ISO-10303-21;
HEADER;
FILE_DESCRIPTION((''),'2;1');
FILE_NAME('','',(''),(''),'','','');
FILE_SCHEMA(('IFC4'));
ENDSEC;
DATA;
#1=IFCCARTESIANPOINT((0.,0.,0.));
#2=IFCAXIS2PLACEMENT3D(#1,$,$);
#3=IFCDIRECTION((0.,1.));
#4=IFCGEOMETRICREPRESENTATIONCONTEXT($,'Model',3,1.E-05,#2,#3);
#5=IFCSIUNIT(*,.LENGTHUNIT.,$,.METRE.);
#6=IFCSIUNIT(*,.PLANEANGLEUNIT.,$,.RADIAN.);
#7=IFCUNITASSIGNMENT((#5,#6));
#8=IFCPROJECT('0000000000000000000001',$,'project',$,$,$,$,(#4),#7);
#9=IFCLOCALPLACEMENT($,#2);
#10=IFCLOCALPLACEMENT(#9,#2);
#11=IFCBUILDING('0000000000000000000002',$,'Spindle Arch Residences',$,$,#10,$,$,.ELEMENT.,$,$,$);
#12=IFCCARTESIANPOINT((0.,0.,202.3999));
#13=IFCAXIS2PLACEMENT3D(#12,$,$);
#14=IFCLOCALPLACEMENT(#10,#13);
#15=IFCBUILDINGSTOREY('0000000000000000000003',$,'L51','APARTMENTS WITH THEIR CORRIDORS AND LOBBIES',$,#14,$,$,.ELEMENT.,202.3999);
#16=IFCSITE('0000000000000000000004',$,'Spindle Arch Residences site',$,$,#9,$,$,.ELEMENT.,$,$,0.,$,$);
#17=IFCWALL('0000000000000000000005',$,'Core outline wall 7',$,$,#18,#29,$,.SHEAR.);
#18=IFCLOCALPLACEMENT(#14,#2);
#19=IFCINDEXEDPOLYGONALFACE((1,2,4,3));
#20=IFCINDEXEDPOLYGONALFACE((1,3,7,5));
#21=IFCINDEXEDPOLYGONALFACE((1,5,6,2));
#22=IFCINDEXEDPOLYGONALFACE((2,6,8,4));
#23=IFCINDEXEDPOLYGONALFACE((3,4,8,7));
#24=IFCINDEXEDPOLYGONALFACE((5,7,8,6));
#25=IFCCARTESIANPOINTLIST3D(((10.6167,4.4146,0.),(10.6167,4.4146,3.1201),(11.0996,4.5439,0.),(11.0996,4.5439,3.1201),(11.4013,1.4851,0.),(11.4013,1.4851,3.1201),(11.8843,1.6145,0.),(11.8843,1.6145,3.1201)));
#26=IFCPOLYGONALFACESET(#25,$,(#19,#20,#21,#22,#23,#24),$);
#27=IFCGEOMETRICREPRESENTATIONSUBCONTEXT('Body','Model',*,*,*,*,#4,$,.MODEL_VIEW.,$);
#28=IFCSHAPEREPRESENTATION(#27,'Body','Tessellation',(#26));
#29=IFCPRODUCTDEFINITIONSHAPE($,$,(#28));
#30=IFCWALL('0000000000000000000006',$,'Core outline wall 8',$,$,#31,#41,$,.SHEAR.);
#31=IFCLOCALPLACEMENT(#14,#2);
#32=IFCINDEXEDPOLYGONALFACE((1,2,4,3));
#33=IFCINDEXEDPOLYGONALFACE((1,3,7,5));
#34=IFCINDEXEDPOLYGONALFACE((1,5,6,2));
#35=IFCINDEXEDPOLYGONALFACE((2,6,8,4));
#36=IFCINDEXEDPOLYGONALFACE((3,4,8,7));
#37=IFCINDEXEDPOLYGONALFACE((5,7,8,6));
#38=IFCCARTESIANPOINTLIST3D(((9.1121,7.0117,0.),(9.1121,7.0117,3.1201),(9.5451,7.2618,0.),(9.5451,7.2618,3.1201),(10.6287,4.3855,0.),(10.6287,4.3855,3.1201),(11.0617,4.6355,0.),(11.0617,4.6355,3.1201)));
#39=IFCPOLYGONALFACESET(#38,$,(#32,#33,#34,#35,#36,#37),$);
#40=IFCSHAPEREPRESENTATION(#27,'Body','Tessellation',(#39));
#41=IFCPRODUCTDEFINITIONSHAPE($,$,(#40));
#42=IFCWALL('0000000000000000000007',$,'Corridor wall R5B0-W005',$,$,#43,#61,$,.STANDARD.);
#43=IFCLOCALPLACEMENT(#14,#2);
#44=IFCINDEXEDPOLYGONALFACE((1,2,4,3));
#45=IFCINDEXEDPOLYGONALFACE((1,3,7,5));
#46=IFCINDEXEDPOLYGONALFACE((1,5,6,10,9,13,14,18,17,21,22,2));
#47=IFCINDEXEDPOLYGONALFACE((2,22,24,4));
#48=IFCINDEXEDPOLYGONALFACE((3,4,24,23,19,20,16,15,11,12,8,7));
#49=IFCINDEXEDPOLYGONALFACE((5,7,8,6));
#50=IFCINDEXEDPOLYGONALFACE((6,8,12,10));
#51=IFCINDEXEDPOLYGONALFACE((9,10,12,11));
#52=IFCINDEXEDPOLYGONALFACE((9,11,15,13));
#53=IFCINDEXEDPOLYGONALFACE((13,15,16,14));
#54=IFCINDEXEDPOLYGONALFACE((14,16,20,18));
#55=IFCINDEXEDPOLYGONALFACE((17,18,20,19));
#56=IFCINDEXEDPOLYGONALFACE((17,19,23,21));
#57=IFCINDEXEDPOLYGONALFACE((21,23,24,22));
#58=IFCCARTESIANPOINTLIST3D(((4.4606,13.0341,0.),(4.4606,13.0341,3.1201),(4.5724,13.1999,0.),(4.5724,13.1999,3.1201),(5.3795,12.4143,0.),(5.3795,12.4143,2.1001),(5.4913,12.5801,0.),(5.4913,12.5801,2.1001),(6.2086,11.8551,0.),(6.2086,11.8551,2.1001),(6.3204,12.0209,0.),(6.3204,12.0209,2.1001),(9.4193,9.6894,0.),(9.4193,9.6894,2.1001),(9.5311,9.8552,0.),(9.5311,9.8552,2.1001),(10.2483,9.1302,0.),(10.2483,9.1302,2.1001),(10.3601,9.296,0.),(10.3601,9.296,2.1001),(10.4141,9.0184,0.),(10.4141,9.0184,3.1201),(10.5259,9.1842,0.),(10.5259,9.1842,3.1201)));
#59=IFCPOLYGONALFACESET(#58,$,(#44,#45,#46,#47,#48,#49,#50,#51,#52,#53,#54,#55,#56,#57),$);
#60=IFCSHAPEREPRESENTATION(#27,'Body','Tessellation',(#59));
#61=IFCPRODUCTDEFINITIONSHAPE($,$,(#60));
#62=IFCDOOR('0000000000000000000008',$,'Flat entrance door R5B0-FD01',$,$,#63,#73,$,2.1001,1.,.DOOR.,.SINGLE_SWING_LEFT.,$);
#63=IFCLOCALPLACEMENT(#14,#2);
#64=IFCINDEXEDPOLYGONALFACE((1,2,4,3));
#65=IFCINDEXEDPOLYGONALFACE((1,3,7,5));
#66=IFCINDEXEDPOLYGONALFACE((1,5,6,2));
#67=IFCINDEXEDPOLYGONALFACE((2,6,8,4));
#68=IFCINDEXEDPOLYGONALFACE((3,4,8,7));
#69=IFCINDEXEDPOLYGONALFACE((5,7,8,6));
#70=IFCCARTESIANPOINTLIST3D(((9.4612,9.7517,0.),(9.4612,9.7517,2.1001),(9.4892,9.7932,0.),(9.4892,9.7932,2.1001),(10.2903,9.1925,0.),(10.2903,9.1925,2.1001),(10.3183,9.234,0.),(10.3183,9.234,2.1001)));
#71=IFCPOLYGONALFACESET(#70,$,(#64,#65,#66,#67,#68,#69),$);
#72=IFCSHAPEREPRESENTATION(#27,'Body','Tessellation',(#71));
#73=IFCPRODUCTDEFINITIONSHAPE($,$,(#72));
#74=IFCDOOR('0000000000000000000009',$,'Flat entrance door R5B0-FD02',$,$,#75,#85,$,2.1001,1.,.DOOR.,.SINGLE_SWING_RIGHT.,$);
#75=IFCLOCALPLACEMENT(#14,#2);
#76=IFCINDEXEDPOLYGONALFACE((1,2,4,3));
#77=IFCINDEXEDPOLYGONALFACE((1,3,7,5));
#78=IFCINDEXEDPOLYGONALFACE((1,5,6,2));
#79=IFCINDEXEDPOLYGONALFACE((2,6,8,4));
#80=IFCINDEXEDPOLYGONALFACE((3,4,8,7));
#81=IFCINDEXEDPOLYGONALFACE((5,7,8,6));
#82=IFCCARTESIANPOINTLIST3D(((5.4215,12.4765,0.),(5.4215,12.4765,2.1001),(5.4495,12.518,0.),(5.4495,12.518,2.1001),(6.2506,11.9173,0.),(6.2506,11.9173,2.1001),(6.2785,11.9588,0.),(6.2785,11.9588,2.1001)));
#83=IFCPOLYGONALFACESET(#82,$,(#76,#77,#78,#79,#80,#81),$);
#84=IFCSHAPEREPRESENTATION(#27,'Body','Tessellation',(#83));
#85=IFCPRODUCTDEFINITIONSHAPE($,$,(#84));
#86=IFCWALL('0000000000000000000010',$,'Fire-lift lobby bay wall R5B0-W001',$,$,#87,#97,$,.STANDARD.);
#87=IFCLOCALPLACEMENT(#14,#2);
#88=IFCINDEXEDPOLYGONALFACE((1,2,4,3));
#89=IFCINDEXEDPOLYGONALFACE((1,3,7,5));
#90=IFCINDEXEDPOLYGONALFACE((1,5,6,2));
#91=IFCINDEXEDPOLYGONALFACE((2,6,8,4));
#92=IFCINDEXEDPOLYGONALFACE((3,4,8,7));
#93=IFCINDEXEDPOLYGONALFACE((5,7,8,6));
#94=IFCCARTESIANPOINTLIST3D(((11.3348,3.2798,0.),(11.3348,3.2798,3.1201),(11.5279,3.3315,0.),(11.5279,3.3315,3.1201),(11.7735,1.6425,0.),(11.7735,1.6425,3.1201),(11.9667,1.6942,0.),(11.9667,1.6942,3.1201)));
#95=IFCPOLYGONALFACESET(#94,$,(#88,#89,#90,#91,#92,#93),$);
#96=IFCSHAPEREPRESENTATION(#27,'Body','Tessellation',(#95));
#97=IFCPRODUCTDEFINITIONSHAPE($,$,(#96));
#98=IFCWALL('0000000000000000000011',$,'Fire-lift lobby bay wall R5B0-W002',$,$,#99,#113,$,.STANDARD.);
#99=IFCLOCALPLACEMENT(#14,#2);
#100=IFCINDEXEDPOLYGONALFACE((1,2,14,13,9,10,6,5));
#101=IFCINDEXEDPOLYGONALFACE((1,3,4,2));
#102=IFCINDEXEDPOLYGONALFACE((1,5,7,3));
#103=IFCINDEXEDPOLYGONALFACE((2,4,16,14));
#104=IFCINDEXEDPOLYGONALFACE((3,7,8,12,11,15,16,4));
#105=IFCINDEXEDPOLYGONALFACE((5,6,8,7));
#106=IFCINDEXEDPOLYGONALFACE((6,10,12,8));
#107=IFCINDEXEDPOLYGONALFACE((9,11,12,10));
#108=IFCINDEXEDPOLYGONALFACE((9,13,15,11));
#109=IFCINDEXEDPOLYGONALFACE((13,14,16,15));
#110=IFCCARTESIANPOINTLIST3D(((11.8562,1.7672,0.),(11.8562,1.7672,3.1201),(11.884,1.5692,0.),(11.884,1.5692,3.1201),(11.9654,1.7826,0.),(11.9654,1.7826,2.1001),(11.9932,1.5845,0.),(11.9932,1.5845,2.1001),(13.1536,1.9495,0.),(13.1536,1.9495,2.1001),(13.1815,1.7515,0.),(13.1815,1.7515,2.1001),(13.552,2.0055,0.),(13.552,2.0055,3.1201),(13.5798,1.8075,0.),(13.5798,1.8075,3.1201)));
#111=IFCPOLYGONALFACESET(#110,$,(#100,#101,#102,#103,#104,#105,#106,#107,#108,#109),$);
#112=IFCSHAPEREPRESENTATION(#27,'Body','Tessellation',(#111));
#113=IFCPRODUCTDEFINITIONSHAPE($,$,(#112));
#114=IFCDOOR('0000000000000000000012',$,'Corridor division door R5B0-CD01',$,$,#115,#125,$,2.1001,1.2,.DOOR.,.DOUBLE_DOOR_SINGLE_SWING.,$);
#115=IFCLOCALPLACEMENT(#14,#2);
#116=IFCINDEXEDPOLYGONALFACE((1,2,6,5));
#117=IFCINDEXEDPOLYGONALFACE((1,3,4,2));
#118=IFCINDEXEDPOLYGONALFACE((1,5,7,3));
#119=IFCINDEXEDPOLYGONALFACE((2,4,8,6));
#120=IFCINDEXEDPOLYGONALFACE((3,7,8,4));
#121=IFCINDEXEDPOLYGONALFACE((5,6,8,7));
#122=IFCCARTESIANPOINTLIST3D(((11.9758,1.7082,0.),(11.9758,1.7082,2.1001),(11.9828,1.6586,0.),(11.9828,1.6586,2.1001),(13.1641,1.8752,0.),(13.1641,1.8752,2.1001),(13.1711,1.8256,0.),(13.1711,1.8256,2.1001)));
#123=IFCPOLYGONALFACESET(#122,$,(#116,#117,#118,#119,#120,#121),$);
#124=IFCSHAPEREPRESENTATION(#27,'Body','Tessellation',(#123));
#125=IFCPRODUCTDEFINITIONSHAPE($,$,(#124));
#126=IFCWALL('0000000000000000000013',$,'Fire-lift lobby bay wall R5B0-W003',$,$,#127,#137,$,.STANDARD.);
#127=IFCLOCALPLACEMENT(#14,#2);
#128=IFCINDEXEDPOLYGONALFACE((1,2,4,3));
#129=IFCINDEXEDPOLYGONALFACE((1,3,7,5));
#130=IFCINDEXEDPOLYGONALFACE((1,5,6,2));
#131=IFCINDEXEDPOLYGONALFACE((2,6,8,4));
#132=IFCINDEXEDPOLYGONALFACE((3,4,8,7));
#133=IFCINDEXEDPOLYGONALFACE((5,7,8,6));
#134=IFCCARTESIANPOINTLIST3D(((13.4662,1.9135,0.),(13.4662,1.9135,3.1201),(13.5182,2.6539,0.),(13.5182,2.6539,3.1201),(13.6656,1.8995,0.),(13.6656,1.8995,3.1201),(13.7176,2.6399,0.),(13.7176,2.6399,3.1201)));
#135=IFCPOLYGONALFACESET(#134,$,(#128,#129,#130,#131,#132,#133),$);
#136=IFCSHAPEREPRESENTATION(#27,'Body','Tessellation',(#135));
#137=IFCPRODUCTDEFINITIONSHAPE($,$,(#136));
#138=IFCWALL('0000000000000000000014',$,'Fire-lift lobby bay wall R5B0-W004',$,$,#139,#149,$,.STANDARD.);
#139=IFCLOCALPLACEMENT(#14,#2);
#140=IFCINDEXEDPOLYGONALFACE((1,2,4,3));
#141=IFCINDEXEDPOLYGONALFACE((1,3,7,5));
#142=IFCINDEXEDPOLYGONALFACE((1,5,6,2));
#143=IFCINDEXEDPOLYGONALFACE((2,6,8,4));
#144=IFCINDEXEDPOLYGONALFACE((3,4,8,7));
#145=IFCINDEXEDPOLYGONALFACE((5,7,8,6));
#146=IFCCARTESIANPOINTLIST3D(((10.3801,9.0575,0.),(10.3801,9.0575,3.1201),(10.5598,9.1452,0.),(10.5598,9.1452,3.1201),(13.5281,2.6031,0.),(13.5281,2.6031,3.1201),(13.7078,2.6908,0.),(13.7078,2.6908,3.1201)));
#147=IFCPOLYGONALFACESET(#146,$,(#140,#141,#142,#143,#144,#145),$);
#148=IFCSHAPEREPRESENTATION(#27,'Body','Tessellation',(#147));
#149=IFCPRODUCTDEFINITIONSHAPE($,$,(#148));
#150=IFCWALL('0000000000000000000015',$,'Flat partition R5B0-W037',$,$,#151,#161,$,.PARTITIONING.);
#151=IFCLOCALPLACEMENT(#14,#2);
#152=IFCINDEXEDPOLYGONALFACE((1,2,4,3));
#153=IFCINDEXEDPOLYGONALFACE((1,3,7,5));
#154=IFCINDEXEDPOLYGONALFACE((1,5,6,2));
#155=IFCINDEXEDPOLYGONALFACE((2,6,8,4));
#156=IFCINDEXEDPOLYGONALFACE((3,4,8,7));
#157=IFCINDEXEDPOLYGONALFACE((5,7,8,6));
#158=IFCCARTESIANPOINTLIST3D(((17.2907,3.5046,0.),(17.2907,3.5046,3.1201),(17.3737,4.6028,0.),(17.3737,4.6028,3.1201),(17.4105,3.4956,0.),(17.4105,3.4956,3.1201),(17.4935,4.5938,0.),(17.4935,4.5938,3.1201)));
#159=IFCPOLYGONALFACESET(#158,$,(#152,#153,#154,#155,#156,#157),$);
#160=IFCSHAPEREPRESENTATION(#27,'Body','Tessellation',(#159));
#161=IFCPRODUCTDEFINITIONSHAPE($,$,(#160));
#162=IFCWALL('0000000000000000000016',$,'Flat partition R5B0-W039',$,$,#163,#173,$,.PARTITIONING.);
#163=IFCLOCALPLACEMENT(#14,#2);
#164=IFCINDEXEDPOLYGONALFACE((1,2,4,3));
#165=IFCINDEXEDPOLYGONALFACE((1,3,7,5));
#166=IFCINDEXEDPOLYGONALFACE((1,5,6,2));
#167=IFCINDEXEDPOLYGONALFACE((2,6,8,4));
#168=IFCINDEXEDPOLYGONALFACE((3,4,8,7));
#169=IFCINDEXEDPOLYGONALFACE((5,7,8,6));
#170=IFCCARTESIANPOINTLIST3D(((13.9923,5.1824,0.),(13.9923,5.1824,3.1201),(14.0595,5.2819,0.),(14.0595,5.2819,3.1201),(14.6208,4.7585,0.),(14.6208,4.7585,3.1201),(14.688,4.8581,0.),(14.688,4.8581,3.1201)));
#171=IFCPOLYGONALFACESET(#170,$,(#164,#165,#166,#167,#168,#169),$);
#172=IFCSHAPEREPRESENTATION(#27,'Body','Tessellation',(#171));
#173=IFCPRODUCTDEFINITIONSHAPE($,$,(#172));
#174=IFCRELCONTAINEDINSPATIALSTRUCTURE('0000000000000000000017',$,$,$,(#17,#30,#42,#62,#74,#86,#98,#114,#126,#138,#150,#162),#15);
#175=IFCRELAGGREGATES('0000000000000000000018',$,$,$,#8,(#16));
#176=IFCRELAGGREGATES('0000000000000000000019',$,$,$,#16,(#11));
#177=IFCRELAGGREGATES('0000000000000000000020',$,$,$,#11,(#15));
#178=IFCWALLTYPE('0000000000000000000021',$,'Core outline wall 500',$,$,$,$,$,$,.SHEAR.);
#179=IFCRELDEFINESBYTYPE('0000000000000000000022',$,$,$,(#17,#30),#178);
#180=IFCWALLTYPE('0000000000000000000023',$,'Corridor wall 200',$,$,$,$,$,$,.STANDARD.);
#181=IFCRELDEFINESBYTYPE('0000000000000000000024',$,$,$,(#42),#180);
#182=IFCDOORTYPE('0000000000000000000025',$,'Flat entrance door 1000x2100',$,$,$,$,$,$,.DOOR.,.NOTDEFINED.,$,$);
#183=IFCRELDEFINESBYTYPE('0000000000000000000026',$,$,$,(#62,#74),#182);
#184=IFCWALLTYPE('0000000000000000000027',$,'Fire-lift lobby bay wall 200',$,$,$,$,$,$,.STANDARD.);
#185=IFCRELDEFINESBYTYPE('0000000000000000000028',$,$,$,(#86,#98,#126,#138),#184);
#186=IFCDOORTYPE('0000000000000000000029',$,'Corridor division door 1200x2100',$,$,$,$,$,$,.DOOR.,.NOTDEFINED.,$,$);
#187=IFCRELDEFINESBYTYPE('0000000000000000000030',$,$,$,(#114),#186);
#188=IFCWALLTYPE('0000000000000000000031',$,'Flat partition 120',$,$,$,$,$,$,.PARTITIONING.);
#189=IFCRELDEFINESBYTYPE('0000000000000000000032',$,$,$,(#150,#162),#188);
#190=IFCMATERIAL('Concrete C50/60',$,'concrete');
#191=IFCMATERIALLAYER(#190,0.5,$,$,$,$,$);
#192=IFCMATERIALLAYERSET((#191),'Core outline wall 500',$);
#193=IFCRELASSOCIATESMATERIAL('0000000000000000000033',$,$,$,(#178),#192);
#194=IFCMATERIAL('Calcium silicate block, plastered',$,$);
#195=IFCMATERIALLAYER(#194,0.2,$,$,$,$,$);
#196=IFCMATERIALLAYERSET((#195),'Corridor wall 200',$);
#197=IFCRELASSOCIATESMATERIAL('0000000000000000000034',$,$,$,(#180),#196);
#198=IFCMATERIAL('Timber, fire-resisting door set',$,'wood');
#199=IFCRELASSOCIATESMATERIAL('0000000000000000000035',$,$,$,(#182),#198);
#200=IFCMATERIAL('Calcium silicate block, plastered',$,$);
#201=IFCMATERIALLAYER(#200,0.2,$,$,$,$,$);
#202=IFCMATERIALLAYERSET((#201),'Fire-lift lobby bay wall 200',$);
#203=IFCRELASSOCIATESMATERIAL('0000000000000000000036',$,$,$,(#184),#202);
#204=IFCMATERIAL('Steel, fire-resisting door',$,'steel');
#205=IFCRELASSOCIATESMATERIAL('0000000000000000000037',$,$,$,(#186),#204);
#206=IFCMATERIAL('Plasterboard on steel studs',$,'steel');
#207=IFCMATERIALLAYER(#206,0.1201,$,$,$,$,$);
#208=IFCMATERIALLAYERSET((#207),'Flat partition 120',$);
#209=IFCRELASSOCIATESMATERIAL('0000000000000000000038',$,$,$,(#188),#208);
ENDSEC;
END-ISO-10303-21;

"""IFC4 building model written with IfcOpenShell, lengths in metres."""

from ifc_helpers import new_model, si_unit, direction, frame, frame_2d, origin, place, context, subcontext, project, spatial, rectangle, extrude, material, layer, layer_set, type_object, element, fill, save


model = new_model("IFC4")

# Units and contexts
model_context = context("Model", 3, precision=1e-05, world=origin(), true_north=direction((0.0, 1.0)))
body_context = subcontext(model_context, "Body", "Model", "MODEL_VIEW")
ifc_project = project(units=[si_unit("LENGTHUNIT", "METRE"), si_unit("PLANEANGLEUNIT", "RADIAN")], contexts=[model_context])

# Site, building, storey
site_placement = place(None, origin())
site = spatial("IfcSite", under=ifc_project, at=site_placement, Name="Spindle Arch Residences site", CompositionType="ELEMENT", RefElevation=0.0)
building_placement = place(site_placement, origin())
building = spatial("IfcBuilding", under=site, at=building_placement, Name="Spindle Arch Residences", CompositionType="ELEMENT")
storey_placement = place(building_placement, frame((0.0, 0.0, 202.3999)))
storey = spatial("IfcBuildingStorey", under=building, at=storey_placement, Name="L51", Description="APARTMENTS WITH THEIR CORRIDORS AND LOBBIES", CompositionType="ELEMENT", Elevation=202.3999)

# Walls
ifc_material_1 = material(Name="Concrete C50/60", Category="concrete")
ifc_layer_1 = layer(ifc_material_1, 0.5)
ifc_layer_set_1 = layer_set([ifc_layer_1], Name="Core outline wall 500")
wall_type_1 = type_object("IfcWallType", Name="Core outline wall 500", PredefinedType="SHEAR", material=ifc_layer_set_1)
for number, where, z_axis, x_axis, name in (
    (1, (11.6428, 1.5498, 0.0), (0.0, 0.0, 1.0), (-0.258735, 0.965948, 0.0), "Core outline wall 7"),
    (2, (10.8452, 4.5105, 0.0), (0.0, 0.0, 1.0), (-0.500087, 0.865975, 0.0), "Core outline wall 8"),
):
    element("IfcWall", number, at=place(storey_placement, frame(where, z_axis=z_axis, x_axis=x_axis)), inside=storey, type_object=wall_type_1, Name=name, PredefinedType="SHEAR", context=body_context, shape_type="SweptSolid", body=[
        extrude(rectangle(XDim=3.0327, YDim=0.5, at=frame_2d((1.5164, 0.0))), origin(), (0.0, 0.0, 1.0), 3.1201),
    ])

# Wall, openings, doors
ifc_material_2 = material(Name="Calcium silicate block, plastered")
ifc_layer_2 = layer(ifc_material_2, 0.2)
ifc_layer_set_2 = layer_set([ifc_layer_2], Name="Corridor wall 200")
wall_type_2 = type_object("IfcWallType", Name="Corridor wall 200", PredefinedType="STANDARD", material=ifc_layer_set_2)
wall_1_placement = place(storey_placement, frame((10.47, 9.1013, 0.0), z_axis=(0.0, 0.0, 1.0), x_axis=(-0.829036, 0.559195, 0.0)))
wall_1 = element("IfcWall", 3, at=wall_1_placement, inside=storey, type_object=wall_type_2, Name="Corridor wall R5B0-W005", PredefinedType="STANDARD", context=body_context, shape_type="SweptSolid", body=[
    extrude(rectangle(XDim=7.1812, YDim=0.2, at=frame_2d((3.5906, 0.0))), origin(), (0.0, 0.0, 1.0), 3.1201),
])
opening_1_placement = place(wall_1_placement, frame((0.2, 0.0, 0.0)))
opening_1 = element("IfcOpeningElement", 4, at=opening_1_placement, cuts=wall_1, PredefinedType="OPENING", context=body_context, shape_type="SweptSolid", body=[
    extrude(rectangle(XDim=1.0, YDim=2.1001, at=frame_2d((0.5, 1.05))), frame((0.0, 0.1099, 0.0), z_axis=(0.0, -1.0, 0.0), x_axis=(1.0, 0.0, 0.0)), (0.0, 0.0, 1.0), 0.22),
])
opening_2_placement = place(wall_1_placement, frame((5.0728, 0.0, 0.0)))
opening_2 = element("IfcOpeningElement", 5, at=opening_2_placement, cuts=wall_1, PredefinedType="OPENING", context=body_context, shape_type="SweptSolid", body=[
    extrude(rectangle(XDim=1.0, YDim=2.1001, at=frame_2d((0.5, 1.05))), frame((0.0, 0.1099, 0.0), z_axis=(0.0, -1.0, 0.0), x_axis=(1.0, 0.0, 0.0)), (0.0, 0.0, 1.0), 0.22),
])
ifc_material_3 = material(Name="Timber, fire-resisting door set", Category="wood")
door_type_1 = type_object("IfcDoorType", Name="Flat entrance door 1000x2100", OperationType="NOTDEFINED", PredefinedType="DOOR", material=ifc_material_3)
door_1_placement = place(opening_1_placement, origin())
door_1 = element("IfcDoor", 6, at=door_1_placement, inside=storey, type_object=door_type_1, Name="Flat entrance door R5B0-FD01", OperationType="SINGLE_SWING_LEFT", OverallHeight=2.1001, OverallWidth=1.0, PredefinedType="DOOR", context=body_context, shape_type="SweptSolid", body=[
    extrude(rectangle(XDim=1.0, YDim=2.1001, at=frame_2d((0.5, 1.05))), frame((0.0, 0.0249, 0.0), z_axis=(0.0, -1.0, 0.0), x_axis=(1.0, 0.0, 0.0)), (0.0, 0.0, 1.0), 0.05),
])
fill(opening_1, door_1)
door_2_placement = place(opening_2_placement, origin())
door_2 = element("IfcDoor", 7, at=door_2_placement, inside=storey, type_object=door_type_1, Name="Flat entrance door R5B0-FD02", OperationType="SINGLE_SWING_RIGHT", OverallHeight=2.1001, OverallWidth=1.0, PredefinedType="DOOR", context=body_context, shape_type="SweptSolid", body=[
    extrude(rectangle(XDim=1.0, YDim=2.1001, at=frame_2d((0.5, 1.05))), frame((0.0, 0.0249, 0.0), z_axis=(0.0, -1.0, 0.0), x_axis=(1.0, 0.0, 0.0)), (0.0, 0.0, 1.0), 0.05),
])
fill(opening_2, door_2)

# Wall
ifc_material_4 = material(Name="Calcium silicate block, plastered")
ifc_layer_3 = layer(ifc_material_4, 0.2)
ifc_layer_set_3 = layer_set([ifc_layer_3], Name="Fire-lift lobby bay wall 200")
wall_type_3 = type_object("IfcWallType", Name="Fire-lift lobby bay wall 200", PredefinedType="STANDARD", material=ifc_layer_set_3)
wall_2_placement = place(storey_placement, frame((11.8701, 1.6682, 0.0), z_axis=(0.0, 0.0, 1.0), x_axis=(-0.258837, 0.965921, 0.0)))
element("IfcWall", 8, at=wall_2_placement, inside=storey, type_object=wall_type_3, Name="Fire-lift lobby bay wall R5B0-W001", PredefinedType="STANDARD", context=body_context, shape_type="SweptSolid", body=[
    extrude(rectangle(XDim=1.6951, YDim=0.2, at=frame_2d((0.8477, 0.0))), origin(), (0.0, 0.0, 1.0), 3.1201),
])

# Wall, opening, door
wall_3_placement = place(storey_placement, frame((11.8701, 1.6682, 0.0), z_axis=(0.0, 0.0, 1.0), x_axis=(0.990272, 0.139146, 0.0)))
wall_3 = element("IfcWall", 9, at=wall_3_placement, inside=storey, type_object=wall_type_3, Name="Fire-lift lobby bay wall R5B0-W002", PredefinedType="STANDARD", context=body_context, shape_type="SweptSolid", body=[
    extrude(rectangle(XDim=1.7124, YDim=0.2, at=frame_2d((0.8562, 0.0))), origin(), (0.0, 0.0, 1.0), 3.1201),
])
opening_3_placement = place(wall_3_placement, frame((0.1101, 0.0, 0.0)))
opening_3 = element("IfcOpeningElement", 10, at=opening_3_placement, cuts=wall_3, PredefinedType="OPENING", context=body_context, shape_type="SweptSolid", body=[
    extrude(rectangle(XDim=1.2, YDim=2.1001, at=frame_2d((0.6001, 1.05))), frame((0.0, 0.1099, 0.0), z_axis=(0.0, -1.0, 0.0), x_axis=(1.0, 0.0, 0.0)), (0.0, 0.0, 1.0), 0.22),
])
ifc_material_5 = material(Name="Steel, fire-resisting door", Category="steel")
door_type_2 = type_object("IfcDoorType", Name="Corridor division door 1200x2100", OperationType="NOTDEFINED", PredefinedType="DOOR", material=ifc_material_5)
door_3_placement = place(opening_3_placement, origin())
door_3 = element("IfcDoor", 11, at=door_3_placement, inside=storey, type_object=door_type_2, Name="Corridor division door R5B0-CD01", OperationType="DOUBLE_DOOR_SINGLE_SWING", OverallHeight=2.1001, OverallWidth=1.2, PredefinedType="DOOR", context=body_context, shape_type="SweptSolid", body=[
    extrude(rectangle(XDim=1.2, YDim=2.1001, at=frame_2d((0.6001, 1.05))), frame((0.0, 0.0249, 0.0), z_axis=(0.0, -1.0, 0.0), x_axis=(1.0, 0.0, 0.0)), (0.0, 0.0, 1.0), 0.05),
])
fill(opening_3, door_3)

# Walls
wall_4_placement = place(storey_placement, frame((13.5659, 1.9065, 0.0), z_axis=(0.0, 0.0, 1.0), x_axis=(0.070055, 0.997543, 0.0)))
element("IfcWall", 12, at=wall_4_placement, inside=storey, type_object=wall_type_3, Name="Fire-lift lobby bay wall R5B0-W003", PredefinedType="STANDARD", context=body_context, shape_type="SweptSolid", body=[
    extrude(rectangle(XDim=0.7422, YDim=0.2, at=frame_2d((0.3711, 0.0))), origin(), (0.0, 0.0, 1.0), 3.1201),
])
wall_5_placement = place(storey_placement, frame((13.6179, 2.647, 0.0), z_axis=(0.0, 0.0, 1.0), x_axis=(-0.438366, 0.898797, 0.0)))
element("IfcWall", 13, at=wall_5_placement, inside=storey, type_object=wall_type_3, Name="Fire-lift lobby bay wall R5B0-W004", PredefinedType="STANDARD", context=body_context, shape_type="SweptSolid", body=[
    extrude(rectangle(XDim=7.1812, YDim=0.2, at=frame_2d((3.5906, 0.0))), origin(), (0.0, 0.0, 1.0), 3.1201),
])
ifc_material_6 = material(Name="Plasterboard on steel studs", Category="steel")
ifc_layer_4 = layer(ifc_material_6, 0.1201)
ifc_layer_set_4 = layer_set([ifc_layer_4], Name="Flat partition 120")
wall_type_4 = type_object("IfcWallType", Name="Flat partition 120", PredefinedType="PARTITIONING", material=ifc_layer_set_4)
wall_6_placement = place(storey_placement, frame((17.3506, 3.5, 0.0), z_axis=(0.0, 0.0, 1.0), x_axis=(0.075374, 0.997155, 0.0)))
element("IfcWall", 14, at=wall_6_placement, inside=storey, type_object=wall_type_4, Name="Flat partition R5B0-W037", PredefinedType="PARTITIONING", context=body_context, shape_type="SweptSolid", body=[
    extrude(rectangle(XDim=1.1013, YDim=0.1201, at=frame_2d((0.5508, 0.0))), origin(), (0.0, 0.0, 1.0), 3.1201),
])
wall_7_placement = place(storey_placement, frame((14.6543, 4.8083, 0.0), z_axis=(0.0, 0.0, 1.0), x_axis=(-0.829065, 0.559152, 0.0)))
element("IfcWall", 15, at=wall_7_placement, inside=storey, type_object=wall_type_4, Name="Flat partition R5B0-W039", PredefinedType="PARTITIONING", context=body_context, shape_type="SweptSolid", body=[
    extrude(rectangle(XDim=0.7581, YDim=0.1201, at=frame_2d((0.3789, 0.0))), origin(), (0.0, 0.0, 1.0), 3.1201),
])

save(model, "model.ifc")
